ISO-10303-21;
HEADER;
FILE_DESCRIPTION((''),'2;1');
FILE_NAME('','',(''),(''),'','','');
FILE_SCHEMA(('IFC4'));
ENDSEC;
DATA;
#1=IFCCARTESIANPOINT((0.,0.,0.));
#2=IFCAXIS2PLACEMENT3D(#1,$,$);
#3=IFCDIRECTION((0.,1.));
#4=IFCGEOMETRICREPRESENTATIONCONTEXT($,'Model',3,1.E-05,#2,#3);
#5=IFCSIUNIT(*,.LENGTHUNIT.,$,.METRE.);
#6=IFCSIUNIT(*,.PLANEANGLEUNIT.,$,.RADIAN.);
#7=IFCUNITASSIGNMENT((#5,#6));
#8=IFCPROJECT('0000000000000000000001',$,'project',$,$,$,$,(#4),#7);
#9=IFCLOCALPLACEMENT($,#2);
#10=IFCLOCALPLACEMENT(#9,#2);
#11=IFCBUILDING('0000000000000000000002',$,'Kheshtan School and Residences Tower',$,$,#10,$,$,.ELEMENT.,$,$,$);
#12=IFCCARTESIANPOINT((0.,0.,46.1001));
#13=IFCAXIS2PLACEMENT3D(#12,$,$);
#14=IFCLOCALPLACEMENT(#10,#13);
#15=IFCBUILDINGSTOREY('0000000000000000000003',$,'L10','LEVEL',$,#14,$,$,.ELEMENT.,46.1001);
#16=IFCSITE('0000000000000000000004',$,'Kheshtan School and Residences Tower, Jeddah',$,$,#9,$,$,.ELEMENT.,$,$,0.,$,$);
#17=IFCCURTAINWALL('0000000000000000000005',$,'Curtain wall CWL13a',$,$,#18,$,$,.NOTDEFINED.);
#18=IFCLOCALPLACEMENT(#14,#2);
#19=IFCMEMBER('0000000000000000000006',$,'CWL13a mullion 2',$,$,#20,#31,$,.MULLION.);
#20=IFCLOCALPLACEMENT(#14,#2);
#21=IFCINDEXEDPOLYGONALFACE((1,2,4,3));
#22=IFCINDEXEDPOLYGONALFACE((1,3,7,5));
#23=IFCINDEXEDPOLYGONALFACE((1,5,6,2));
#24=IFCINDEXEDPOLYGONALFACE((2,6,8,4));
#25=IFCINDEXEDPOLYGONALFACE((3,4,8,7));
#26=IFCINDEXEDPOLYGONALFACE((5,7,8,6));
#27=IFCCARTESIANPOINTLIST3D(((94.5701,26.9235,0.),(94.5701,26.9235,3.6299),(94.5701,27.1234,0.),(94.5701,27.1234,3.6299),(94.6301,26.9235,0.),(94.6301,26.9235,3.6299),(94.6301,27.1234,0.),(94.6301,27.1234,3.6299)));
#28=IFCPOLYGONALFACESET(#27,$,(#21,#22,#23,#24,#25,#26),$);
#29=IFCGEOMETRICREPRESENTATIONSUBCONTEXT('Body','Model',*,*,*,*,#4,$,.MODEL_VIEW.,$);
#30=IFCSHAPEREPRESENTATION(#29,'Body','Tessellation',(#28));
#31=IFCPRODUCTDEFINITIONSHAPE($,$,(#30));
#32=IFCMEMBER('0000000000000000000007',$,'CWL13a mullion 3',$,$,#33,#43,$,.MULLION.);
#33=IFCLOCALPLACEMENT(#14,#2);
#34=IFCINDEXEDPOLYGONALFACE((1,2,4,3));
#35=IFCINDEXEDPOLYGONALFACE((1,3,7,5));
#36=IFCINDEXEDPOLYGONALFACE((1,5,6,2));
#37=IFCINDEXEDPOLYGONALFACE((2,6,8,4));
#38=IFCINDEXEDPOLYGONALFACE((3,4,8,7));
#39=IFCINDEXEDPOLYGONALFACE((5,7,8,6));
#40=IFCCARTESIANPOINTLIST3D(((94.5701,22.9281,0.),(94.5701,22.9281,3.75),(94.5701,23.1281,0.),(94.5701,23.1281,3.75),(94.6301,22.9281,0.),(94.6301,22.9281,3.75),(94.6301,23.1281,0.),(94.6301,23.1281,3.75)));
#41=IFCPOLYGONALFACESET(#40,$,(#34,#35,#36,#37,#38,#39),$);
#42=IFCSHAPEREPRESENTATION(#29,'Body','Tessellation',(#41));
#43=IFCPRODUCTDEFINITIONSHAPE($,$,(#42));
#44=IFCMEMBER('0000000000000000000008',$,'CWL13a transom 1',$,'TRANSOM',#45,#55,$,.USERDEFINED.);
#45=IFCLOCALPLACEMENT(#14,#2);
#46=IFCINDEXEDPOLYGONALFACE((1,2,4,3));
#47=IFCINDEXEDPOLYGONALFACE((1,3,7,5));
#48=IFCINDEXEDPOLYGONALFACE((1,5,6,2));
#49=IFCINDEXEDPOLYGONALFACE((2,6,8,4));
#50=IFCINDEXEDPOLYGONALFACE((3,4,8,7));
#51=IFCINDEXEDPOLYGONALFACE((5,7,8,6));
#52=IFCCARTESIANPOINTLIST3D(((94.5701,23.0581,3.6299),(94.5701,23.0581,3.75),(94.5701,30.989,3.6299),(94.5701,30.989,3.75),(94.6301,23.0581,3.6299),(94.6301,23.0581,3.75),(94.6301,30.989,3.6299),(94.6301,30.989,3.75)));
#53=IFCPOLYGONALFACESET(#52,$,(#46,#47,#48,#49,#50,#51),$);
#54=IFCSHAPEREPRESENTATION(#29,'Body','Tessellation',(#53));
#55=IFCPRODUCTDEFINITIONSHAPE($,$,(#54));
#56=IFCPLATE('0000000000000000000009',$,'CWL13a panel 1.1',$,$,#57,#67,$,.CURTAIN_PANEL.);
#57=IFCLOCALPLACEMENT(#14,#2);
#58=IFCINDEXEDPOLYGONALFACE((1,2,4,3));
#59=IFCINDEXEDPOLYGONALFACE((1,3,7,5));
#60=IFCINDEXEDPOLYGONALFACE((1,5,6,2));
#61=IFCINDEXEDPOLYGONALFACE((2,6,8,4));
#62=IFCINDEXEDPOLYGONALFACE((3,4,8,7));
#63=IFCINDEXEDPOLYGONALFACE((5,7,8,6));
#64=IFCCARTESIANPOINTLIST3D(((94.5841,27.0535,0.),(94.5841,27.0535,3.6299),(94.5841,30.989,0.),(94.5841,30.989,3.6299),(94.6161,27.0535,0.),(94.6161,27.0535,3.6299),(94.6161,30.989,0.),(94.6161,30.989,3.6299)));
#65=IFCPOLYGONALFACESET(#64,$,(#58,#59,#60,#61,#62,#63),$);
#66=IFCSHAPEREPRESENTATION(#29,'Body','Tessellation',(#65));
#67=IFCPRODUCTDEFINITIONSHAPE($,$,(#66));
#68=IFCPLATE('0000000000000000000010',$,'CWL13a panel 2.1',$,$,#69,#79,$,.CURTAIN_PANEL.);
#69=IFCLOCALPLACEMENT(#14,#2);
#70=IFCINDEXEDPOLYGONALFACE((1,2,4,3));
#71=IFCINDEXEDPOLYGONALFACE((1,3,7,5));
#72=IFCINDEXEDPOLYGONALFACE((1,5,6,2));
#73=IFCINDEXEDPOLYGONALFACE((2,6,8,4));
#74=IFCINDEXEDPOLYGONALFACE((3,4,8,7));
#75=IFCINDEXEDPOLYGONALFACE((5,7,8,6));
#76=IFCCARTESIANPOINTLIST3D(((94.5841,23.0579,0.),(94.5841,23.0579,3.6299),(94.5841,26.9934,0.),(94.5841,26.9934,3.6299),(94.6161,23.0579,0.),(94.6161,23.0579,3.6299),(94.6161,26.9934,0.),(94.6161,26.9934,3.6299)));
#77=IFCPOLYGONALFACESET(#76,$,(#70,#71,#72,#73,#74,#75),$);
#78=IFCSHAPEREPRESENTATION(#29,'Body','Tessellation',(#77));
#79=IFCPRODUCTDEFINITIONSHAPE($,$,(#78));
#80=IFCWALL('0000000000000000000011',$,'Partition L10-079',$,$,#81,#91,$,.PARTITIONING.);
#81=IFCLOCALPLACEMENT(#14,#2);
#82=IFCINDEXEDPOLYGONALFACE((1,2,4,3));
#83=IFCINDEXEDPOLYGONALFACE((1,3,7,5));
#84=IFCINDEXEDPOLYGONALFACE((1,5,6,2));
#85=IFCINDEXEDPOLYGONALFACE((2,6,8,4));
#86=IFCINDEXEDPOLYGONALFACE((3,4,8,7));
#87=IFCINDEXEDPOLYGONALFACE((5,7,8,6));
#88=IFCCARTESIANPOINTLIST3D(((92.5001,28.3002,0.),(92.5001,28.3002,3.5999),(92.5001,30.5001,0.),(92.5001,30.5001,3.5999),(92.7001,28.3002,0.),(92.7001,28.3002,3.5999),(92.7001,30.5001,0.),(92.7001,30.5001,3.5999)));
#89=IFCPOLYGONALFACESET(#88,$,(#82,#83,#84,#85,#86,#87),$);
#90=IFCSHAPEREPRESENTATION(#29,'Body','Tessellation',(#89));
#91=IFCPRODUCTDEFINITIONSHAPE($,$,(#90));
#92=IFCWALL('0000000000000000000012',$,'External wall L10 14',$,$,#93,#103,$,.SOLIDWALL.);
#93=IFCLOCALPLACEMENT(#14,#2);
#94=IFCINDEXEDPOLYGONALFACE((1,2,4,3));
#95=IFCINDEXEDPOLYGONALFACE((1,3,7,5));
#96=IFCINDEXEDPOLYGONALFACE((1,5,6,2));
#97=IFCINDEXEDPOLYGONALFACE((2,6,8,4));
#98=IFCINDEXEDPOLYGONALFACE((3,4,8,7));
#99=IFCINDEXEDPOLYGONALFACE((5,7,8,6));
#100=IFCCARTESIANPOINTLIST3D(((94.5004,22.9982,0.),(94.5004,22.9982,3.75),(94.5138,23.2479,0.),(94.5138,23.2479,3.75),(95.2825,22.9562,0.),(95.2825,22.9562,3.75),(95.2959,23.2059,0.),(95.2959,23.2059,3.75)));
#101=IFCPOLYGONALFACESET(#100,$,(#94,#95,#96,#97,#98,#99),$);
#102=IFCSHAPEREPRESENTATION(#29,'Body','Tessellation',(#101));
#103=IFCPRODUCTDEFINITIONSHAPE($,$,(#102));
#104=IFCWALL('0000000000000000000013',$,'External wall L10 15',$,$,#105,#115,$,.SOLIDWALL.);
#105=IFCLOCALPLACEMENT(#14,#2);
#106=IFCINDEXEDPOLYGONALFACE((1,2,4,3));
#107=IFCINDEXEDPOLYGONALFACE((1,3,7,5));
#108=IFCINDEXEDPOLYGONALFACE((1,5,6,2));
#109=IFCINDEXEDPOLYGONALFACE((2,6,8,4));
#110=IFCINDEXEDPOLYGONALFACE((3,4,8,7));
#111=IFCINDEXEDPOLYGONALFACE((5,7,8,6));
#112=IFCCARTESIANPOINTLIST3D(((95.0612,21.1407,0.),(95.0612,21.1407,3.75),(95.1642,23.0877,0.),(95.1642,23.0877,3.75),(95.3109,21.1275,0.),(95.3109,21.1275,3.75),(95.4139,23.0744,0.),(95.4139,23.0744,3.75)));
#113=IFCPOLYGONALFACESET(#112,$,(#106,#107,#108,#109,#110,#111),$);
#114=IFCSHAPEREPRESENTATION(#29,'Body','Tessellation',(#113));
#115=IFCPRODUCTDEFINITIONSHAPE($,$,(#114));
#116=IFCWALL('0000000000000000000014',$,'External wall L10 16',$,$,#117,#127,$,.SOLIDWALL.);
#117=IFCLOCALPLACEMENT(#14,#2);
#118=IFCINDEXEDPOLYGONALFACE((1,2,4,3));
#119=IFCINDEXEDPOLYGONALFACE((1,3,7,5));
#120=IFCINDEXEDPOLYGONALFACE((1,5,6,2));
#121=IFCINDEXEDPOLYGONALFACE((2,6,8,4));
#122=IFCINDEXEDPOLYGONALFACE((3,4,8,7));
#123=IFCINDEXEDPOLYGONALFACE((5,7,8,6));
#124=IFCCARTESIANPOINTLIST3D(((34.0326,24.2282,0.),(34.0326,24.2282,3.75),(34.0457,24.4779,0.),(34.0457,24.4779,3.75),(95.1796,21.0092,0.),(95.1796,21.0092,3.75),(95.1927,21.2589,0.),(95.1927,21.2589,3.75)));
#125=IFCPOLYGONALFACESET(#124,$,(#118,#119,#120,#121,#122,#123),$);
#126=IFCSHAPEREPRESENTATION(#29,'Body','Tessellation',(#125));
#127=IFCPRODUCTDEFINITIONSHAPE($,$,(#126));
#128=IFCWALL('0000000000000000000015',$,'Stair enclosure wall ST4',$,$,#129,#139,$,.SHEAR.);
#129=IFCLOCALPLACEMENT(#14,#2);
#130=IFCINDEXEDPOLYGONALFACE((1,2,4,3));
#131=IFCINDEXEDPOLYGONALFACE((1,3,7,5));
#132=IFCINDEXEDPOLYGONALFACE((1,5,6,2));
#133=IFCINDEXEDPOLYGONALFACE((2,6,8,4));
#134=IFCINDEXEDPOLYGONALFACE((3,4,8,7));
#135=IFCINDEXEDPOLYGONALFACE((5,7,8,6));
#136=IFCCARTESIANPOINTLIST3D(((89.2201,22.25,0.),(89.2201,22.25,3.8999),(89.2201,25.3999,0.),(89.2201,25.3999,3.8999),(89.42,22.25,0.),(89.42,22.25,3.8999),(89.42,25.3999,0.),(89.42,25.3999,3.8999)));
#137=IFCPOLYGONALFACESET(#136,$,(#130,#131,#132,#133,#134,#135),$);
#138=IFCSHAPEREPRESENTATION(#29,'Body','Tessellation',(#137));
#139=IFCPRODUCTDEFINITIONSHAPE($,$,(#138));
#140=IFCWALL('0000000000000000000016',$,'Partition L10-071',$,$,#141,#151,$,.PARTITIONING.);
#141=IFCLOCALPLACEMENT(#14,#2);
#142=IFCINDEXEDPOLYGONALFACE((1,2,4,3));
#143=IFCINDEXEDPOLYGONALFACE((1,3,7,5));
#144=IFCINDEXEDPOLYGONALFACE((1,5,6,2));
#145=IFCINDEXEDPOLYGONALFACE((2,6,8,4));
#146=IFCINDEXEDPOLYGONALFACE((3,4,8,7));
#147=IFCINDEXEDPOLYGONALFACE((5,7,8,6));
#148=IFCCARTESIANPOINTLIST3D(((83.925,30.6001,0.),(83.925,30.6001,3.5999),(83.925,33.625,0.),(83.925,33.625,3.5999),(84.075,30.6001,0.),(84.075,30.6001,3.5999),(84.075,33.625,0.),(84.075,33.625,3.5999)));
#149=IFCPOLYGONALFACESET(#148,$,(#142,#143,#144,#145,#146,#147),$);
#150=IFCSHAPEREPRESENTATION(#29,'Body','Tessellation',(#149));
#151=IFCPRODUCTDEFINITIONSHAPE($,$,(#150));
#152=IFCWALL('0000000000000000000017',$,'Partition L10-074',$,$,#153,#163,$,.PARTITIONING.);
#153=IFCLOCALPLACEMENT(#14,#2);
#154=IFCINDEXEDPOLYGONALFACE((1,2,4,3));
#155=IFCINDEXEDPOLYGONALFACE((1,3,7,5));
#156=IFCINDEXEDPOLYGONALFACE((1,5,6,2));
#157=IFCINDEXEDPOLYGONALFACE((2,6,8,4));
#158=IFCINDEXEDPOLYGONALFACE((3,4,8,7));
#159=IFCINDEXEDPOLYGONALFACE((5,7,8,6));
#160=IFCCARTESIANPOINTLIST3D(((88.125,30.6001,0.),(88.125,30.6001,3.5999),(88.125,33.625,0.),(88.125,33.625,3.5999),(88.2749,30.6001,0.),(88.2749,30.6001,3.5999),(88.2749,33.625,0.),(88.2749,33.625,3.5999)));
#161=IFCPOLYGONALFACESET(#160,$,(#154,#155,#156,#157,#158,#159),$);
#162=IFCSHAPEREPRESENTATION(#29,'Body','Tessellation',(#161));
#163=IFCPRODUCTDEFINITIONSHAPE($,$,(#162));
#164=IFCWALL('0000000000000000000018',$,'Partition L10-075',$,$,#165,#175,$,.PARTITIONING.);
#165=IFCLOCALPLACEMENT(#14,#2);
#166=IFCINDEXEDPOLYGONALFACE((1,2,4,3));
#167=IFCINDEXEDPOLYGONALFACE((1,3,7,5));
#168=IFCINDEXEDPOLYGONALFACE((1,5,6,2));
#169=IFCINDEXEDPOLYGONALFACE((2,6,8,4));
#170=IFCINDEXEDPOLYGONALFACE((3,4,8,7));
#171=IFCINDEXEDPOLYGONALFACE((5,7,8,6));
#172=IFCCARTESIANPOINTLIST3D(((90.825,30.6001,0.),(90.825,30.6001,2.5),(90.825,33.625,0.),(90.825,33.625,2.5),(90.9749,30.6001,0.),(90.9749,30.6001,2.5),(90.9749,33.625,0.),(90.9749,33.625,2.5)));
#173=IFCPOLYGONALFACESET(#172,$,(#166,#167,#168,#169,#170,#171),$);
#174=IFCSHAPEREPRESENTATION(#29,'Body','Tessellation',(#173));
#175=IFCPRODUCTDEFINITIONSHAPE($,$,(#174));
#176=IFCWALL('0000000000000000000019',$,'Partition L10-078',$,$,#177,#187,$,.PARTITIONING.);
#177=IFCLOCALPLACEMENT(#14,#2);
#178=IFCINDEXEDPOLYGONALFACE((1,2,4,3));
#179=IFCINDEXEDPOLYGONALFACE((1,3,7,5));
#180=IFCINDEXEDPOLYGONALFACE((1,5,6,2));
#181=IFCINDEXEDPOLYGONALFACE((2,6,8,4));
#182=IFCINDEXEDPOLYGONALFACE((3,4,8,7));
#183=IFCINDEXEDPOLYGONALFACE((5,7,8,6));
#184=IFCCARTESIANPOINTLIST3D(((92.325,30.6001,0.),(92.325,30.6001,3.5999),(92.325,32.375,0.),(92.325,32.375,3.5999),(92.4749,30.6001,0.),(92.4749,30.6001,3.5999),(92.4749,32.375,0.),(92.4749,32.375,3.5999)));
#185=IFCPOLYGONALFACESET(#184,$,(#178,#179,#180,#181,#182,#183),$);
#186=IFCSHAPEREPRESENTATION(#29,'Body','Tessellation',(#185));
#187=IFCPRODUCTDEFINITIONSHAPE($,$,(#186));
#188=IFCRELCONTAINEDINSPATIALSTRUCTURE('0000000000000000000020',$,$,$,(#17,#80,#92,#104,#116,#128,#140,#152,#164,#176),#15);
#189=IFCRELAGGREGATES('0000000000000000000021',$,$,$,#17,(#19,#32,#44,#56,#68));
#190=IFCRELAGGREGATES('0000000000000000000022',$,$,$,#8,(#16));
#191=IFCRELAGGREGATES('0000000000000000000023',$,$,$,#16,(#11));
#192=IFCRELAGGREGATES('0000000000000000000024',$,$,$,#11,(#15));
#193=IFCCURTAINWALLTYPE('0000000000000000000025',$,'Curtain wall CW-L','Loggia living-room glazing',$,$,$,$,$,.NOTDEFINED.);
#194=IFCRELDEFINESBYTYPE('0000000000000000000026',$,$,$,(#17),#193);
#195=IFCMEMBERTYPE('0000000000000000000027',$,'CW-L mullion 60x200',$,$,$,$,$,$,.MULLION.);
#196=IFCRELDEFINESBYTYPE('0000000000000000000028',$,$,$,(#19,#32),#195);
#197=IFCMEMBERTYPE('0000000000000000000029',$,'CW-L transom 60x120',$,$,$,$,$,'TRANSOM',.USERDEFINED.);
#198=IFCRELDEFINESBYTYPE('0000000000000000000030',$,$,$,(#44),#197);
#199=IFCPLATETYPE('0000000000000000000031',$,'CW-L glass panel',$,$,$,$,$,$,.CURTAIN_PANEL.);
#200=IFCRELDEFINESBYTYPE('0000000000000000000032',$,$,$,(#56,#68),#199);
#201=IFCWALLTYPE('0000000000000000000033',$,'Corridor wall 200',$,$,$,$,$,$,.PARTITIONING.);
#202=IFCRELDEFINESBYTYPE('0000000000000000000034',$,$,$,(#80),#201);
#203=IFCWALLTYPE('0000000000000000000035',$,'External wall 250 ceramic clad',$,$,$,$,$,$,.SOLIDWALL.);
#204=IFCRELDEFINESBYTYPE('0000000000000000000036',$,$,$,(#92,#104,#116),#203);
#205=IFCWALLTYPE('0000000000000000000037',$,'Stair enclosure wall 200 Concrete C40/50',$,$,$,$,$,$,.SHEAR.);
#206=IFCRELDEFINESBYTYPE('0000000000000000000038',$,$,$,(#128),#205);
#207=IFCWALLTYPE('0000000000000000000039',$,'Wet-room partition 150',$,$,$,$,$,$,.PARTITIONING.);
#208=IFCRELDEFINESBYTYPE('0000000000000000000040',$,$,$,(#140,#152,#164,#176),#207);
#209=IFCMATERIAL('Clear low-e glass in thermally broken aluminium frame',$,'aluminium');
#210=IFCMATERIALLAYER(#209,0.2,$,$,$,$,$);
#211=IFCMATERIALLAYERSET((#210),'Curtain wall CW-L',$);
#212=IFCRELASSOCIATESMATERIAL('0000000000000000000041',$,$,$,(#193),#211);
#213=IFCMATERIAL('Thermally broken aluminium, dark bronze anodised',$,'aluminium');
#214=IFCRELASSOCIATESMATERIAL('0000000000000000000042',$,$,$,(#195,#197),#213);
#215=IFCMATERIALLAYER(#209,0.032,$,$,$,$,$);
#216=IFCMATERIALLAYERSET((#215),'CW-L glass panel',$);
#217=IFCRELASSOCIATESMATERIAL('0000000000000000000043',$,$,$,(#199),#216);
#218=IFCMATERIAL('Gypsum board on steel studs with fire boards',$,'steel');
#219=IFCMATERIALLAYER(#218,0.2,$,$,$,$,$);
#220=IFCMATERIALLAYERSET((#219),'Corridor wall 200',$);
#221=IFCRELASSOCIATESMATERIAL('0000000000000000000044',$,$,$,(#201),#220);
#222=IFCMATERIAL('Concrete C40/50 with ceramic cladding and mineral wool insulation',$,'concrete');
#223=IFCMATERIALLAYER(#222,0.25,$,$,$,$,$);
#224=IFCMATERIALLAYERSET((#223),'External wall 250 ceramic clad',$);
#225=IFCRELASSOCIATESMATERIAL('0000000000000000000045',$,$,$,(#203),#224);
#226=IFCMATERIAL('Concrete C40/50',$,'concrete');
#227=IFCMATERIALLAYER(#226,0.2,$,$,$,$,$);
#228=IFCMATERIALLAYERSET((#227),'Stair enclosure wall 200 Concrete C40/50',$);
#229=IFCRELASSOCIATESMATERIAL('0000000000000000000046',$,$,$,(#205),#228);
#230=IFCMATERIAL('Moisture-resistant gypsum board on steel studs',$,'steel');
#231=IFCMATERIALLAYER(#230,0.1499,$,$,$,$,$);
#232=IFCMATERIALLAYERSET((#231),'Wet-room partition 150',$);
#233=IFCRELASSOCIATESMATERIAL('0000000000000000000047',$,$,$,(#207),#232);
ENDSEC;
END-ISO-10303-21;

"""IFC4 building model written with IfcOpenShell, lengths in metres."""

from ifc_helpers import new_model, si_unit, direction, frame, frame_2d, origin, origin_2d, place, context, subcontext, project, spatial, rectangle, extrude, material, layer, layer_set, material_profile, profile_set, type_object, element, aggregate, save


model = new_model("IFC4")

# Units and contexts
model_context = context("Model", 3, precision=1e-05, world=origin(), true_north=direction((0.0, 1.0)))
body_context = subcontext(model_context, "Body", "Model", "MODEL_VIEW")
ifc_project = project(units=[si_unit("LENGTHUNIT", "METRE"), si_unit("PLANEANGLEUNIT", "RADIAN")], contexts=[model_context])

# Site, building, storey
site_placement = place(None, origin())
site = spatial("IfcSite", under=ifc_project, at=site_placement, Name="Kheshtan School and Residences Tower, Jeddah", CompositionType="ELEMENT", RefElevation=0.0)
building_placement = place(site_placement, origin())
building = spatial("IfcBuilding", under=site, at=building_placement, Name="Kheshtan School and Residences Tower", CompositionType="ELEMENT")
storey_placement = place(building_placement, frame((0.0, 0.0, 46.1001)))
storey = spatial("IfcBuildingStorey", under=building, at=storey_placement, Name="L10", Description="LEVEL", CompositionType="ELEMENT", Elevation=46.1001)

# Curtain wall, members, plates
ifc_material_1 = material(Name="Clear low-e glass in thermally broken aluminium frame", Category="aluminium")
ifc_layer_1 = layer(ifc_material_1, 0.2)
ifc_layer_set_1 = layer_set([ifc_layer_1], Name="Curtain wall CW-L")
curtain_wall_type = type_object("IfcCurtainWallType", Name="Curtain wall CW-L", Description="Loggia living-room glazing", PredefinedType="NOTDEFINED", material=ifc_layer_set_1)
curtain_wall_placement = place(storey_placement, origin())
curtain_wall = element("IfcCurtainWall", 1, at=curtain_wall_placement, inside=storey, type_object=curtain_wall_type, Name="Curtain wall CWL13a", PredefinedType="NOTDEFINED")
ifc_material_2 = material(Name="Thermally broken aluminium, dark bronze anodised", Category="aluminium")
ifc_material_profile_1 = material_profile(ifc_material_2, rectangle(XDim=0.0601, YDim=0.2, at=origin_2d()), Name="CW-L mullion 60x200")
ifc_profile_set_1 = profile_set([ifc_material_profile_1], Name="Thermally broken aluminium, dark bronze anodised")
member_type_1 = type_object("IfcMemberType", Name="CW-L mullion 60x200", PredefinedType="MULLION", material=ifc_profile_set_1)
member_1_placement = place(storey_placement, frame((94.6001, 27.0234, 0.0), z_axis=(0.0, 0.0, 1.0), x_axis=(1.0, 0.0, 0.0)))
member_1 = element("IfcMember", 2, at=member_1_placement, type_object=member_type_1, Name="CWL13a mullion 2", PredefinedType="MULLION", context=body_context, shape_type="SweptSolid", body=[
    extrude(rectangle(XDim=0.0601, YDim=0.2, at=origin_2d()), origin(), (0.0, 0.0, 1.0), 3.6299),
])
member_2_placement = place(storey_placement, frame((94.6001, 23.0281, 0.0), z_axis=(0.0, 0.0, 1.0), x_axis=(1.0, 0.0, 0.0)))
member_2 = element("IfcMember", 3, at=member_2_placement, type_object=member_type_1, Name="CWL13a mullion 3", PredefinedType="MULLION", context=body_context, shape_type="SweptSolid", body=[
    extrude(rectangle(XDim=0.0601, YDim=0.2, at=origin_2d()), origin(), (0.0, 0.0, 1.0), 3.75),
])
ifc_material_profile_2 = material_profile(ifc_material_2, rectangle(XDim=0.0601, YDim=0.1201, at=origin_2d()), Name="CW-L transom 60x120")
ifc_profile_set_2 = profile_set([ifc_material_profile_2], Name="Thermally broken aluminium, dark bronze anodised")
member_type_2 = type_object("IfcMemberType", Name="CW-L transom 60x120", ElementType="TRANSOM", PredefinedType="USERDEFINED", material=ifc_profile_set_2)
member_3_placement = place(storey_placement, frame((94.6001, 30.989, 3.6899), z_axis=(0.0, -1.0, 0.0), x_axis=(1.0, 0.0, 0.0)))
member_3 = element("IfcMember", 4, at=member_3_placement, type_object=member_type_2, Name="CWL13a transom 1", ObjectType="TRANSOM", PredefinedType="USERDEFINED", context=body_context, shape_type="SweptSolid", body=[
    extrude(rectangle(XDim=0.0601, YDim=0.1201, at=origin_2d()), origin(), (0.0, 0.0, 1.0), 7.9309),
])
ifc_layer_2 = layer(ifc_material_1, 0.032)
ifc_layer_set_2 = layer_set([ifc_layer_2], Name="CW-L glass panel")
plate_type = type_object("IfcPlateType", Name="CW-L glass panel", PredefinedType="CURTAIN_PANEL", material=ifc_layer_set_2)
plate_1_placement = place(storey_placement, frame((94.6001, 29.0212, 0.0), z_axis=(0.0, 0.0, 1.0), x_axis=(0.0, -1.0, 0.0)))
plate_1 = element("IfcPlate", 5, at=plate_1_placement, type_object=plate_type, Name="CWL13a panel 1.1", PredefinedType="CURTAIN_PANEL", context=body_context, shape_type="SweptSolid", body=[
    extrude(rectangle(XDim=3.9355, YDim=0.032, at=origin_2d()), origin(), (0.0, 0.0, 1.0), 3.6299),
])
plate_2_placement = place(storey_placement, frame((94.6001, 25.0256, 0.0), z_axis=(0.0, 0.0, 1.0), x_axis=(0.0, -1.0, 0.0)))
plate_2 = element("IfcPlate", 6, at=plate_2_placement, type_object=plate_type, Name="CWL13a panel 2.1", PredefinedType="CURTAIN_PANEL", context=body_context, shape_type="SweptSolid", body=[
    extrude(rectangle(XDim=3.9355, YDim=0.032, at=origin_2d()), origin(), (0.0, 0.0, 1.0), 3.6299),
])
aggregate(curtain_wall, [member_1, member_2, member_3, plate_1, plate_2])

# Walls
ifc_material_3 = material(Name="Gypsum board on steel studs with fire boards", Category="steel")
ifc_layer_3 = layer(ifc_material_3, 0.2)
ifc_layer_set_3 = layer_set([ifc_layer_3], Name="Corridor wall 200")
wall_type_1 = type_object("IfcWallType", Name="Corridor wall 200", PredefinedType="PARTITIONING", material=ifc_layer_set_3)
wall_1_placement = place(storey_placement, frame((92.6001, 28.3, 0.0), z_axis=(0.0, 0.0, 1.0), x_axis=(0.0, 1.0, 0.0)))
element("IfcWall", 7, at=wall_1_placement, inside=storey, type_object=wall_type_1, Name="Partition L10-079", PredefinedType="PARTITIONING", context=body_context, shape_type="SweptSolid", body=[
    extrude(rectangle(XDim=2.2, YDim=0.2, at=frame_2d((1.1001, 0.0))), origin(), (0.0, 0.0, 1.0), 3.5999),
])
ifc_material_4 = material(Name="Concrete C40/50 with ceramic cladding and mineral wool insulation", Category="concrete")
ifc_layer_4 = layer(ifc_material_4, 0.25)
ifc_layer_set_4 = layer_set([ifc_layer_4], Name="External wall 250 ceramic clad")
wall_type_2 = type_object("IfcWallType", Name="External wall 250 ceramic clad", PredefinedType="SOLIDWALL", material=ifc_layer_set_4)
wall_2_placement = place(storey_placement, frame((94.5071, 23.123, 0.0), z_axis=(0.0, 0.0, 1.0), x_axis=(0.998561, -0.053622, 0.0)))
element("IfcWall", 8, at=wall_2_placement, inside=storey, type_object=wall_type_2, Name="External wall L10 14", PredefinedType="SOLIDWALL", context=body_context, shape_type="SweptSolid", body=[
    extrude(rectangle(XDim=0.7832, YDim=0.25, at=frame_2d((0.3916, 0.0))), origin(), (0.0, 0.0, 1.0), 3.75),
])
wall_3_placement = place(storey_placement, frame((95.2891, 23.0811, 0.0), z_axis=(0.0, 0.0, 1.0), x_axis=(-0.052841, -0.998603, 0.0)))
element("IfcWall", 9, at=wall_3_placement, inside=storey, type_object=wall_type_2, Name="External wall L10 15", PredefinedType="SOLIDWALL", context=body_context, shape_type="SweptSolid", body=[
    extrude(rectangle(XDim=1.9497, YDim=0.25, at=frame_2d((0.9749, 0.0))), origin(), (0.0, 0.0, 1.0), 3.75),
])
wall_4_placement = place(storey_placement, frame((95.186, 21.134, 0.0), z_axis=(0.0, 0.0, 1.0), x_axis=(-0.998617, 0.052571, 0.0)))
element("IfcWall", 10, at=wall_4_placement, inside=storey, type_object=wall_type_2, Name="External wall L10 16", PredefinedType="SOLIDWALL", context=body_context, shape_type="SweptSolid", body=[
    extrude(rectangle(XDim=61.2317, YDim=0.25, at=frame_2d((30.6157, 0.0))), origin(), (0.0, 0.0, 1.0), 3.75),
])
ifc_material_5 = material(Name="Concrete C40/50", Category="concrete")
ifc_layer_5 = layer(ifc_material_5, 0.2)
ifc_layer_set_5 = layer_set([ifc_layer_5], Name="Stair enclosure wall 200 Concrete C40/50")
wall_type_3 = type_object("IfcWallType", Name="Stair enclosure wall 200 Concrete C40/50", PredefinedType="SHEAR", material=ifc_layer_set_5)
wall_5_placement = place(storey_placement, frame((89.3201, 22.25, 0.0), z_axis=(0.0, 0.0, 1.0), x_axis=(0.0, 1.0, 0.0)))
element("IfcWall", 11, at=wall_5_placement, inside=storey, type_object=wall_type_3, Name="Stair enclosure wall ST4", PredefinedType="SHEAR", context=body_context, shape_type="SweptSolid", body=[
    extrude(rectangle(XDim=3.1499, YDim=0.2, at=frame_2d((1.575, 0.0))), origin(), (0.0, 0.0, 1.0), 3.8999),
])
ifc_material_6 = material(Name="Moisture-resistant gypsum board on steel studs", Category="steel")
ifc_layer_6 = layer(ifc_material_6, 0.1499)
ifc_layer_set_6 = layer_set([ifc_layer_6], Name="Wet-room partition 150")
wall_type_4 = type_object("IfcWallType", Name="Wet-room partition 150", PredefinedType="PARTITIONING", material=ifc_layer_set_6)
for number, where, z_axis, x_axis, name in (
    (12, (84.0, 30.6001, 0.0), (0.0, 0.0, 1.0), (0.0, 1.0, 0.0), "Partition L10-071"),
    (13, (88.2, 30.6001, 0.0), (0.0, 0.0, 1.0), (0.0, 1.0, 0.0), "Partition L10-074"),
):
    element("IfcWall", number, at=place(storey_placement, frame(where, z_axis=z_axis, x_axis=x_axis)), inside=storey, type_object=wall_type_4, Name=name, PredefinedType="PARTITIONING", context=body_context, shape_type="SweptSolid", body=[
        extrude(rectangle(XDim=3.0249, YDim=0.1499, at=frame_2d((1.5125, 0.0))), origin(), (0.0, 0.0, 1.0), 3.5999),
    ])
wall_6_placement = place(storey_placement, frame((90.8999, 30.6001, 0.0), z_axis=(0.0, 0.0, 1.0), x_axis=(0.0, 1.0, 0.0)))
element("IfcWall", 14, at=wall_6_placement, inside=storey, type_object=wall_type_4, Name="Partition L10-075", PredefinedType="PARTITIONING", context=body_context, shape_type="SweptSolid", body=[
    extrude(rectangle(XDim=3.0249, YDim=0.1499, at=frame_2d((1.5125, 0.0))), origin(), (0.0, 0.0, 1.0), 2.5),
])
wall_7_placement = place(storey_placement, frame((92.3999, 30.6001, 0.0), z_axis=(0.0, 0.0, 1.0), x_axis=(0.0, 1.0, 0.0)))
element("IfcWall", 15, at=wall_7_placement, inside=storey, type_object=wall_type_4, Name="Partition L10-078", PredefinedType="PARTITIONING", context=body_context, shape_type="SweptSolid", body=[
    extrude(rectangle(XDim=1.7749, YDim=0.1499, at=frame_2d((0.8875, 0.0))), origin(), (0.0, 0.0, 1.0), 3.5999),
])

save(model, "model.ifc")
